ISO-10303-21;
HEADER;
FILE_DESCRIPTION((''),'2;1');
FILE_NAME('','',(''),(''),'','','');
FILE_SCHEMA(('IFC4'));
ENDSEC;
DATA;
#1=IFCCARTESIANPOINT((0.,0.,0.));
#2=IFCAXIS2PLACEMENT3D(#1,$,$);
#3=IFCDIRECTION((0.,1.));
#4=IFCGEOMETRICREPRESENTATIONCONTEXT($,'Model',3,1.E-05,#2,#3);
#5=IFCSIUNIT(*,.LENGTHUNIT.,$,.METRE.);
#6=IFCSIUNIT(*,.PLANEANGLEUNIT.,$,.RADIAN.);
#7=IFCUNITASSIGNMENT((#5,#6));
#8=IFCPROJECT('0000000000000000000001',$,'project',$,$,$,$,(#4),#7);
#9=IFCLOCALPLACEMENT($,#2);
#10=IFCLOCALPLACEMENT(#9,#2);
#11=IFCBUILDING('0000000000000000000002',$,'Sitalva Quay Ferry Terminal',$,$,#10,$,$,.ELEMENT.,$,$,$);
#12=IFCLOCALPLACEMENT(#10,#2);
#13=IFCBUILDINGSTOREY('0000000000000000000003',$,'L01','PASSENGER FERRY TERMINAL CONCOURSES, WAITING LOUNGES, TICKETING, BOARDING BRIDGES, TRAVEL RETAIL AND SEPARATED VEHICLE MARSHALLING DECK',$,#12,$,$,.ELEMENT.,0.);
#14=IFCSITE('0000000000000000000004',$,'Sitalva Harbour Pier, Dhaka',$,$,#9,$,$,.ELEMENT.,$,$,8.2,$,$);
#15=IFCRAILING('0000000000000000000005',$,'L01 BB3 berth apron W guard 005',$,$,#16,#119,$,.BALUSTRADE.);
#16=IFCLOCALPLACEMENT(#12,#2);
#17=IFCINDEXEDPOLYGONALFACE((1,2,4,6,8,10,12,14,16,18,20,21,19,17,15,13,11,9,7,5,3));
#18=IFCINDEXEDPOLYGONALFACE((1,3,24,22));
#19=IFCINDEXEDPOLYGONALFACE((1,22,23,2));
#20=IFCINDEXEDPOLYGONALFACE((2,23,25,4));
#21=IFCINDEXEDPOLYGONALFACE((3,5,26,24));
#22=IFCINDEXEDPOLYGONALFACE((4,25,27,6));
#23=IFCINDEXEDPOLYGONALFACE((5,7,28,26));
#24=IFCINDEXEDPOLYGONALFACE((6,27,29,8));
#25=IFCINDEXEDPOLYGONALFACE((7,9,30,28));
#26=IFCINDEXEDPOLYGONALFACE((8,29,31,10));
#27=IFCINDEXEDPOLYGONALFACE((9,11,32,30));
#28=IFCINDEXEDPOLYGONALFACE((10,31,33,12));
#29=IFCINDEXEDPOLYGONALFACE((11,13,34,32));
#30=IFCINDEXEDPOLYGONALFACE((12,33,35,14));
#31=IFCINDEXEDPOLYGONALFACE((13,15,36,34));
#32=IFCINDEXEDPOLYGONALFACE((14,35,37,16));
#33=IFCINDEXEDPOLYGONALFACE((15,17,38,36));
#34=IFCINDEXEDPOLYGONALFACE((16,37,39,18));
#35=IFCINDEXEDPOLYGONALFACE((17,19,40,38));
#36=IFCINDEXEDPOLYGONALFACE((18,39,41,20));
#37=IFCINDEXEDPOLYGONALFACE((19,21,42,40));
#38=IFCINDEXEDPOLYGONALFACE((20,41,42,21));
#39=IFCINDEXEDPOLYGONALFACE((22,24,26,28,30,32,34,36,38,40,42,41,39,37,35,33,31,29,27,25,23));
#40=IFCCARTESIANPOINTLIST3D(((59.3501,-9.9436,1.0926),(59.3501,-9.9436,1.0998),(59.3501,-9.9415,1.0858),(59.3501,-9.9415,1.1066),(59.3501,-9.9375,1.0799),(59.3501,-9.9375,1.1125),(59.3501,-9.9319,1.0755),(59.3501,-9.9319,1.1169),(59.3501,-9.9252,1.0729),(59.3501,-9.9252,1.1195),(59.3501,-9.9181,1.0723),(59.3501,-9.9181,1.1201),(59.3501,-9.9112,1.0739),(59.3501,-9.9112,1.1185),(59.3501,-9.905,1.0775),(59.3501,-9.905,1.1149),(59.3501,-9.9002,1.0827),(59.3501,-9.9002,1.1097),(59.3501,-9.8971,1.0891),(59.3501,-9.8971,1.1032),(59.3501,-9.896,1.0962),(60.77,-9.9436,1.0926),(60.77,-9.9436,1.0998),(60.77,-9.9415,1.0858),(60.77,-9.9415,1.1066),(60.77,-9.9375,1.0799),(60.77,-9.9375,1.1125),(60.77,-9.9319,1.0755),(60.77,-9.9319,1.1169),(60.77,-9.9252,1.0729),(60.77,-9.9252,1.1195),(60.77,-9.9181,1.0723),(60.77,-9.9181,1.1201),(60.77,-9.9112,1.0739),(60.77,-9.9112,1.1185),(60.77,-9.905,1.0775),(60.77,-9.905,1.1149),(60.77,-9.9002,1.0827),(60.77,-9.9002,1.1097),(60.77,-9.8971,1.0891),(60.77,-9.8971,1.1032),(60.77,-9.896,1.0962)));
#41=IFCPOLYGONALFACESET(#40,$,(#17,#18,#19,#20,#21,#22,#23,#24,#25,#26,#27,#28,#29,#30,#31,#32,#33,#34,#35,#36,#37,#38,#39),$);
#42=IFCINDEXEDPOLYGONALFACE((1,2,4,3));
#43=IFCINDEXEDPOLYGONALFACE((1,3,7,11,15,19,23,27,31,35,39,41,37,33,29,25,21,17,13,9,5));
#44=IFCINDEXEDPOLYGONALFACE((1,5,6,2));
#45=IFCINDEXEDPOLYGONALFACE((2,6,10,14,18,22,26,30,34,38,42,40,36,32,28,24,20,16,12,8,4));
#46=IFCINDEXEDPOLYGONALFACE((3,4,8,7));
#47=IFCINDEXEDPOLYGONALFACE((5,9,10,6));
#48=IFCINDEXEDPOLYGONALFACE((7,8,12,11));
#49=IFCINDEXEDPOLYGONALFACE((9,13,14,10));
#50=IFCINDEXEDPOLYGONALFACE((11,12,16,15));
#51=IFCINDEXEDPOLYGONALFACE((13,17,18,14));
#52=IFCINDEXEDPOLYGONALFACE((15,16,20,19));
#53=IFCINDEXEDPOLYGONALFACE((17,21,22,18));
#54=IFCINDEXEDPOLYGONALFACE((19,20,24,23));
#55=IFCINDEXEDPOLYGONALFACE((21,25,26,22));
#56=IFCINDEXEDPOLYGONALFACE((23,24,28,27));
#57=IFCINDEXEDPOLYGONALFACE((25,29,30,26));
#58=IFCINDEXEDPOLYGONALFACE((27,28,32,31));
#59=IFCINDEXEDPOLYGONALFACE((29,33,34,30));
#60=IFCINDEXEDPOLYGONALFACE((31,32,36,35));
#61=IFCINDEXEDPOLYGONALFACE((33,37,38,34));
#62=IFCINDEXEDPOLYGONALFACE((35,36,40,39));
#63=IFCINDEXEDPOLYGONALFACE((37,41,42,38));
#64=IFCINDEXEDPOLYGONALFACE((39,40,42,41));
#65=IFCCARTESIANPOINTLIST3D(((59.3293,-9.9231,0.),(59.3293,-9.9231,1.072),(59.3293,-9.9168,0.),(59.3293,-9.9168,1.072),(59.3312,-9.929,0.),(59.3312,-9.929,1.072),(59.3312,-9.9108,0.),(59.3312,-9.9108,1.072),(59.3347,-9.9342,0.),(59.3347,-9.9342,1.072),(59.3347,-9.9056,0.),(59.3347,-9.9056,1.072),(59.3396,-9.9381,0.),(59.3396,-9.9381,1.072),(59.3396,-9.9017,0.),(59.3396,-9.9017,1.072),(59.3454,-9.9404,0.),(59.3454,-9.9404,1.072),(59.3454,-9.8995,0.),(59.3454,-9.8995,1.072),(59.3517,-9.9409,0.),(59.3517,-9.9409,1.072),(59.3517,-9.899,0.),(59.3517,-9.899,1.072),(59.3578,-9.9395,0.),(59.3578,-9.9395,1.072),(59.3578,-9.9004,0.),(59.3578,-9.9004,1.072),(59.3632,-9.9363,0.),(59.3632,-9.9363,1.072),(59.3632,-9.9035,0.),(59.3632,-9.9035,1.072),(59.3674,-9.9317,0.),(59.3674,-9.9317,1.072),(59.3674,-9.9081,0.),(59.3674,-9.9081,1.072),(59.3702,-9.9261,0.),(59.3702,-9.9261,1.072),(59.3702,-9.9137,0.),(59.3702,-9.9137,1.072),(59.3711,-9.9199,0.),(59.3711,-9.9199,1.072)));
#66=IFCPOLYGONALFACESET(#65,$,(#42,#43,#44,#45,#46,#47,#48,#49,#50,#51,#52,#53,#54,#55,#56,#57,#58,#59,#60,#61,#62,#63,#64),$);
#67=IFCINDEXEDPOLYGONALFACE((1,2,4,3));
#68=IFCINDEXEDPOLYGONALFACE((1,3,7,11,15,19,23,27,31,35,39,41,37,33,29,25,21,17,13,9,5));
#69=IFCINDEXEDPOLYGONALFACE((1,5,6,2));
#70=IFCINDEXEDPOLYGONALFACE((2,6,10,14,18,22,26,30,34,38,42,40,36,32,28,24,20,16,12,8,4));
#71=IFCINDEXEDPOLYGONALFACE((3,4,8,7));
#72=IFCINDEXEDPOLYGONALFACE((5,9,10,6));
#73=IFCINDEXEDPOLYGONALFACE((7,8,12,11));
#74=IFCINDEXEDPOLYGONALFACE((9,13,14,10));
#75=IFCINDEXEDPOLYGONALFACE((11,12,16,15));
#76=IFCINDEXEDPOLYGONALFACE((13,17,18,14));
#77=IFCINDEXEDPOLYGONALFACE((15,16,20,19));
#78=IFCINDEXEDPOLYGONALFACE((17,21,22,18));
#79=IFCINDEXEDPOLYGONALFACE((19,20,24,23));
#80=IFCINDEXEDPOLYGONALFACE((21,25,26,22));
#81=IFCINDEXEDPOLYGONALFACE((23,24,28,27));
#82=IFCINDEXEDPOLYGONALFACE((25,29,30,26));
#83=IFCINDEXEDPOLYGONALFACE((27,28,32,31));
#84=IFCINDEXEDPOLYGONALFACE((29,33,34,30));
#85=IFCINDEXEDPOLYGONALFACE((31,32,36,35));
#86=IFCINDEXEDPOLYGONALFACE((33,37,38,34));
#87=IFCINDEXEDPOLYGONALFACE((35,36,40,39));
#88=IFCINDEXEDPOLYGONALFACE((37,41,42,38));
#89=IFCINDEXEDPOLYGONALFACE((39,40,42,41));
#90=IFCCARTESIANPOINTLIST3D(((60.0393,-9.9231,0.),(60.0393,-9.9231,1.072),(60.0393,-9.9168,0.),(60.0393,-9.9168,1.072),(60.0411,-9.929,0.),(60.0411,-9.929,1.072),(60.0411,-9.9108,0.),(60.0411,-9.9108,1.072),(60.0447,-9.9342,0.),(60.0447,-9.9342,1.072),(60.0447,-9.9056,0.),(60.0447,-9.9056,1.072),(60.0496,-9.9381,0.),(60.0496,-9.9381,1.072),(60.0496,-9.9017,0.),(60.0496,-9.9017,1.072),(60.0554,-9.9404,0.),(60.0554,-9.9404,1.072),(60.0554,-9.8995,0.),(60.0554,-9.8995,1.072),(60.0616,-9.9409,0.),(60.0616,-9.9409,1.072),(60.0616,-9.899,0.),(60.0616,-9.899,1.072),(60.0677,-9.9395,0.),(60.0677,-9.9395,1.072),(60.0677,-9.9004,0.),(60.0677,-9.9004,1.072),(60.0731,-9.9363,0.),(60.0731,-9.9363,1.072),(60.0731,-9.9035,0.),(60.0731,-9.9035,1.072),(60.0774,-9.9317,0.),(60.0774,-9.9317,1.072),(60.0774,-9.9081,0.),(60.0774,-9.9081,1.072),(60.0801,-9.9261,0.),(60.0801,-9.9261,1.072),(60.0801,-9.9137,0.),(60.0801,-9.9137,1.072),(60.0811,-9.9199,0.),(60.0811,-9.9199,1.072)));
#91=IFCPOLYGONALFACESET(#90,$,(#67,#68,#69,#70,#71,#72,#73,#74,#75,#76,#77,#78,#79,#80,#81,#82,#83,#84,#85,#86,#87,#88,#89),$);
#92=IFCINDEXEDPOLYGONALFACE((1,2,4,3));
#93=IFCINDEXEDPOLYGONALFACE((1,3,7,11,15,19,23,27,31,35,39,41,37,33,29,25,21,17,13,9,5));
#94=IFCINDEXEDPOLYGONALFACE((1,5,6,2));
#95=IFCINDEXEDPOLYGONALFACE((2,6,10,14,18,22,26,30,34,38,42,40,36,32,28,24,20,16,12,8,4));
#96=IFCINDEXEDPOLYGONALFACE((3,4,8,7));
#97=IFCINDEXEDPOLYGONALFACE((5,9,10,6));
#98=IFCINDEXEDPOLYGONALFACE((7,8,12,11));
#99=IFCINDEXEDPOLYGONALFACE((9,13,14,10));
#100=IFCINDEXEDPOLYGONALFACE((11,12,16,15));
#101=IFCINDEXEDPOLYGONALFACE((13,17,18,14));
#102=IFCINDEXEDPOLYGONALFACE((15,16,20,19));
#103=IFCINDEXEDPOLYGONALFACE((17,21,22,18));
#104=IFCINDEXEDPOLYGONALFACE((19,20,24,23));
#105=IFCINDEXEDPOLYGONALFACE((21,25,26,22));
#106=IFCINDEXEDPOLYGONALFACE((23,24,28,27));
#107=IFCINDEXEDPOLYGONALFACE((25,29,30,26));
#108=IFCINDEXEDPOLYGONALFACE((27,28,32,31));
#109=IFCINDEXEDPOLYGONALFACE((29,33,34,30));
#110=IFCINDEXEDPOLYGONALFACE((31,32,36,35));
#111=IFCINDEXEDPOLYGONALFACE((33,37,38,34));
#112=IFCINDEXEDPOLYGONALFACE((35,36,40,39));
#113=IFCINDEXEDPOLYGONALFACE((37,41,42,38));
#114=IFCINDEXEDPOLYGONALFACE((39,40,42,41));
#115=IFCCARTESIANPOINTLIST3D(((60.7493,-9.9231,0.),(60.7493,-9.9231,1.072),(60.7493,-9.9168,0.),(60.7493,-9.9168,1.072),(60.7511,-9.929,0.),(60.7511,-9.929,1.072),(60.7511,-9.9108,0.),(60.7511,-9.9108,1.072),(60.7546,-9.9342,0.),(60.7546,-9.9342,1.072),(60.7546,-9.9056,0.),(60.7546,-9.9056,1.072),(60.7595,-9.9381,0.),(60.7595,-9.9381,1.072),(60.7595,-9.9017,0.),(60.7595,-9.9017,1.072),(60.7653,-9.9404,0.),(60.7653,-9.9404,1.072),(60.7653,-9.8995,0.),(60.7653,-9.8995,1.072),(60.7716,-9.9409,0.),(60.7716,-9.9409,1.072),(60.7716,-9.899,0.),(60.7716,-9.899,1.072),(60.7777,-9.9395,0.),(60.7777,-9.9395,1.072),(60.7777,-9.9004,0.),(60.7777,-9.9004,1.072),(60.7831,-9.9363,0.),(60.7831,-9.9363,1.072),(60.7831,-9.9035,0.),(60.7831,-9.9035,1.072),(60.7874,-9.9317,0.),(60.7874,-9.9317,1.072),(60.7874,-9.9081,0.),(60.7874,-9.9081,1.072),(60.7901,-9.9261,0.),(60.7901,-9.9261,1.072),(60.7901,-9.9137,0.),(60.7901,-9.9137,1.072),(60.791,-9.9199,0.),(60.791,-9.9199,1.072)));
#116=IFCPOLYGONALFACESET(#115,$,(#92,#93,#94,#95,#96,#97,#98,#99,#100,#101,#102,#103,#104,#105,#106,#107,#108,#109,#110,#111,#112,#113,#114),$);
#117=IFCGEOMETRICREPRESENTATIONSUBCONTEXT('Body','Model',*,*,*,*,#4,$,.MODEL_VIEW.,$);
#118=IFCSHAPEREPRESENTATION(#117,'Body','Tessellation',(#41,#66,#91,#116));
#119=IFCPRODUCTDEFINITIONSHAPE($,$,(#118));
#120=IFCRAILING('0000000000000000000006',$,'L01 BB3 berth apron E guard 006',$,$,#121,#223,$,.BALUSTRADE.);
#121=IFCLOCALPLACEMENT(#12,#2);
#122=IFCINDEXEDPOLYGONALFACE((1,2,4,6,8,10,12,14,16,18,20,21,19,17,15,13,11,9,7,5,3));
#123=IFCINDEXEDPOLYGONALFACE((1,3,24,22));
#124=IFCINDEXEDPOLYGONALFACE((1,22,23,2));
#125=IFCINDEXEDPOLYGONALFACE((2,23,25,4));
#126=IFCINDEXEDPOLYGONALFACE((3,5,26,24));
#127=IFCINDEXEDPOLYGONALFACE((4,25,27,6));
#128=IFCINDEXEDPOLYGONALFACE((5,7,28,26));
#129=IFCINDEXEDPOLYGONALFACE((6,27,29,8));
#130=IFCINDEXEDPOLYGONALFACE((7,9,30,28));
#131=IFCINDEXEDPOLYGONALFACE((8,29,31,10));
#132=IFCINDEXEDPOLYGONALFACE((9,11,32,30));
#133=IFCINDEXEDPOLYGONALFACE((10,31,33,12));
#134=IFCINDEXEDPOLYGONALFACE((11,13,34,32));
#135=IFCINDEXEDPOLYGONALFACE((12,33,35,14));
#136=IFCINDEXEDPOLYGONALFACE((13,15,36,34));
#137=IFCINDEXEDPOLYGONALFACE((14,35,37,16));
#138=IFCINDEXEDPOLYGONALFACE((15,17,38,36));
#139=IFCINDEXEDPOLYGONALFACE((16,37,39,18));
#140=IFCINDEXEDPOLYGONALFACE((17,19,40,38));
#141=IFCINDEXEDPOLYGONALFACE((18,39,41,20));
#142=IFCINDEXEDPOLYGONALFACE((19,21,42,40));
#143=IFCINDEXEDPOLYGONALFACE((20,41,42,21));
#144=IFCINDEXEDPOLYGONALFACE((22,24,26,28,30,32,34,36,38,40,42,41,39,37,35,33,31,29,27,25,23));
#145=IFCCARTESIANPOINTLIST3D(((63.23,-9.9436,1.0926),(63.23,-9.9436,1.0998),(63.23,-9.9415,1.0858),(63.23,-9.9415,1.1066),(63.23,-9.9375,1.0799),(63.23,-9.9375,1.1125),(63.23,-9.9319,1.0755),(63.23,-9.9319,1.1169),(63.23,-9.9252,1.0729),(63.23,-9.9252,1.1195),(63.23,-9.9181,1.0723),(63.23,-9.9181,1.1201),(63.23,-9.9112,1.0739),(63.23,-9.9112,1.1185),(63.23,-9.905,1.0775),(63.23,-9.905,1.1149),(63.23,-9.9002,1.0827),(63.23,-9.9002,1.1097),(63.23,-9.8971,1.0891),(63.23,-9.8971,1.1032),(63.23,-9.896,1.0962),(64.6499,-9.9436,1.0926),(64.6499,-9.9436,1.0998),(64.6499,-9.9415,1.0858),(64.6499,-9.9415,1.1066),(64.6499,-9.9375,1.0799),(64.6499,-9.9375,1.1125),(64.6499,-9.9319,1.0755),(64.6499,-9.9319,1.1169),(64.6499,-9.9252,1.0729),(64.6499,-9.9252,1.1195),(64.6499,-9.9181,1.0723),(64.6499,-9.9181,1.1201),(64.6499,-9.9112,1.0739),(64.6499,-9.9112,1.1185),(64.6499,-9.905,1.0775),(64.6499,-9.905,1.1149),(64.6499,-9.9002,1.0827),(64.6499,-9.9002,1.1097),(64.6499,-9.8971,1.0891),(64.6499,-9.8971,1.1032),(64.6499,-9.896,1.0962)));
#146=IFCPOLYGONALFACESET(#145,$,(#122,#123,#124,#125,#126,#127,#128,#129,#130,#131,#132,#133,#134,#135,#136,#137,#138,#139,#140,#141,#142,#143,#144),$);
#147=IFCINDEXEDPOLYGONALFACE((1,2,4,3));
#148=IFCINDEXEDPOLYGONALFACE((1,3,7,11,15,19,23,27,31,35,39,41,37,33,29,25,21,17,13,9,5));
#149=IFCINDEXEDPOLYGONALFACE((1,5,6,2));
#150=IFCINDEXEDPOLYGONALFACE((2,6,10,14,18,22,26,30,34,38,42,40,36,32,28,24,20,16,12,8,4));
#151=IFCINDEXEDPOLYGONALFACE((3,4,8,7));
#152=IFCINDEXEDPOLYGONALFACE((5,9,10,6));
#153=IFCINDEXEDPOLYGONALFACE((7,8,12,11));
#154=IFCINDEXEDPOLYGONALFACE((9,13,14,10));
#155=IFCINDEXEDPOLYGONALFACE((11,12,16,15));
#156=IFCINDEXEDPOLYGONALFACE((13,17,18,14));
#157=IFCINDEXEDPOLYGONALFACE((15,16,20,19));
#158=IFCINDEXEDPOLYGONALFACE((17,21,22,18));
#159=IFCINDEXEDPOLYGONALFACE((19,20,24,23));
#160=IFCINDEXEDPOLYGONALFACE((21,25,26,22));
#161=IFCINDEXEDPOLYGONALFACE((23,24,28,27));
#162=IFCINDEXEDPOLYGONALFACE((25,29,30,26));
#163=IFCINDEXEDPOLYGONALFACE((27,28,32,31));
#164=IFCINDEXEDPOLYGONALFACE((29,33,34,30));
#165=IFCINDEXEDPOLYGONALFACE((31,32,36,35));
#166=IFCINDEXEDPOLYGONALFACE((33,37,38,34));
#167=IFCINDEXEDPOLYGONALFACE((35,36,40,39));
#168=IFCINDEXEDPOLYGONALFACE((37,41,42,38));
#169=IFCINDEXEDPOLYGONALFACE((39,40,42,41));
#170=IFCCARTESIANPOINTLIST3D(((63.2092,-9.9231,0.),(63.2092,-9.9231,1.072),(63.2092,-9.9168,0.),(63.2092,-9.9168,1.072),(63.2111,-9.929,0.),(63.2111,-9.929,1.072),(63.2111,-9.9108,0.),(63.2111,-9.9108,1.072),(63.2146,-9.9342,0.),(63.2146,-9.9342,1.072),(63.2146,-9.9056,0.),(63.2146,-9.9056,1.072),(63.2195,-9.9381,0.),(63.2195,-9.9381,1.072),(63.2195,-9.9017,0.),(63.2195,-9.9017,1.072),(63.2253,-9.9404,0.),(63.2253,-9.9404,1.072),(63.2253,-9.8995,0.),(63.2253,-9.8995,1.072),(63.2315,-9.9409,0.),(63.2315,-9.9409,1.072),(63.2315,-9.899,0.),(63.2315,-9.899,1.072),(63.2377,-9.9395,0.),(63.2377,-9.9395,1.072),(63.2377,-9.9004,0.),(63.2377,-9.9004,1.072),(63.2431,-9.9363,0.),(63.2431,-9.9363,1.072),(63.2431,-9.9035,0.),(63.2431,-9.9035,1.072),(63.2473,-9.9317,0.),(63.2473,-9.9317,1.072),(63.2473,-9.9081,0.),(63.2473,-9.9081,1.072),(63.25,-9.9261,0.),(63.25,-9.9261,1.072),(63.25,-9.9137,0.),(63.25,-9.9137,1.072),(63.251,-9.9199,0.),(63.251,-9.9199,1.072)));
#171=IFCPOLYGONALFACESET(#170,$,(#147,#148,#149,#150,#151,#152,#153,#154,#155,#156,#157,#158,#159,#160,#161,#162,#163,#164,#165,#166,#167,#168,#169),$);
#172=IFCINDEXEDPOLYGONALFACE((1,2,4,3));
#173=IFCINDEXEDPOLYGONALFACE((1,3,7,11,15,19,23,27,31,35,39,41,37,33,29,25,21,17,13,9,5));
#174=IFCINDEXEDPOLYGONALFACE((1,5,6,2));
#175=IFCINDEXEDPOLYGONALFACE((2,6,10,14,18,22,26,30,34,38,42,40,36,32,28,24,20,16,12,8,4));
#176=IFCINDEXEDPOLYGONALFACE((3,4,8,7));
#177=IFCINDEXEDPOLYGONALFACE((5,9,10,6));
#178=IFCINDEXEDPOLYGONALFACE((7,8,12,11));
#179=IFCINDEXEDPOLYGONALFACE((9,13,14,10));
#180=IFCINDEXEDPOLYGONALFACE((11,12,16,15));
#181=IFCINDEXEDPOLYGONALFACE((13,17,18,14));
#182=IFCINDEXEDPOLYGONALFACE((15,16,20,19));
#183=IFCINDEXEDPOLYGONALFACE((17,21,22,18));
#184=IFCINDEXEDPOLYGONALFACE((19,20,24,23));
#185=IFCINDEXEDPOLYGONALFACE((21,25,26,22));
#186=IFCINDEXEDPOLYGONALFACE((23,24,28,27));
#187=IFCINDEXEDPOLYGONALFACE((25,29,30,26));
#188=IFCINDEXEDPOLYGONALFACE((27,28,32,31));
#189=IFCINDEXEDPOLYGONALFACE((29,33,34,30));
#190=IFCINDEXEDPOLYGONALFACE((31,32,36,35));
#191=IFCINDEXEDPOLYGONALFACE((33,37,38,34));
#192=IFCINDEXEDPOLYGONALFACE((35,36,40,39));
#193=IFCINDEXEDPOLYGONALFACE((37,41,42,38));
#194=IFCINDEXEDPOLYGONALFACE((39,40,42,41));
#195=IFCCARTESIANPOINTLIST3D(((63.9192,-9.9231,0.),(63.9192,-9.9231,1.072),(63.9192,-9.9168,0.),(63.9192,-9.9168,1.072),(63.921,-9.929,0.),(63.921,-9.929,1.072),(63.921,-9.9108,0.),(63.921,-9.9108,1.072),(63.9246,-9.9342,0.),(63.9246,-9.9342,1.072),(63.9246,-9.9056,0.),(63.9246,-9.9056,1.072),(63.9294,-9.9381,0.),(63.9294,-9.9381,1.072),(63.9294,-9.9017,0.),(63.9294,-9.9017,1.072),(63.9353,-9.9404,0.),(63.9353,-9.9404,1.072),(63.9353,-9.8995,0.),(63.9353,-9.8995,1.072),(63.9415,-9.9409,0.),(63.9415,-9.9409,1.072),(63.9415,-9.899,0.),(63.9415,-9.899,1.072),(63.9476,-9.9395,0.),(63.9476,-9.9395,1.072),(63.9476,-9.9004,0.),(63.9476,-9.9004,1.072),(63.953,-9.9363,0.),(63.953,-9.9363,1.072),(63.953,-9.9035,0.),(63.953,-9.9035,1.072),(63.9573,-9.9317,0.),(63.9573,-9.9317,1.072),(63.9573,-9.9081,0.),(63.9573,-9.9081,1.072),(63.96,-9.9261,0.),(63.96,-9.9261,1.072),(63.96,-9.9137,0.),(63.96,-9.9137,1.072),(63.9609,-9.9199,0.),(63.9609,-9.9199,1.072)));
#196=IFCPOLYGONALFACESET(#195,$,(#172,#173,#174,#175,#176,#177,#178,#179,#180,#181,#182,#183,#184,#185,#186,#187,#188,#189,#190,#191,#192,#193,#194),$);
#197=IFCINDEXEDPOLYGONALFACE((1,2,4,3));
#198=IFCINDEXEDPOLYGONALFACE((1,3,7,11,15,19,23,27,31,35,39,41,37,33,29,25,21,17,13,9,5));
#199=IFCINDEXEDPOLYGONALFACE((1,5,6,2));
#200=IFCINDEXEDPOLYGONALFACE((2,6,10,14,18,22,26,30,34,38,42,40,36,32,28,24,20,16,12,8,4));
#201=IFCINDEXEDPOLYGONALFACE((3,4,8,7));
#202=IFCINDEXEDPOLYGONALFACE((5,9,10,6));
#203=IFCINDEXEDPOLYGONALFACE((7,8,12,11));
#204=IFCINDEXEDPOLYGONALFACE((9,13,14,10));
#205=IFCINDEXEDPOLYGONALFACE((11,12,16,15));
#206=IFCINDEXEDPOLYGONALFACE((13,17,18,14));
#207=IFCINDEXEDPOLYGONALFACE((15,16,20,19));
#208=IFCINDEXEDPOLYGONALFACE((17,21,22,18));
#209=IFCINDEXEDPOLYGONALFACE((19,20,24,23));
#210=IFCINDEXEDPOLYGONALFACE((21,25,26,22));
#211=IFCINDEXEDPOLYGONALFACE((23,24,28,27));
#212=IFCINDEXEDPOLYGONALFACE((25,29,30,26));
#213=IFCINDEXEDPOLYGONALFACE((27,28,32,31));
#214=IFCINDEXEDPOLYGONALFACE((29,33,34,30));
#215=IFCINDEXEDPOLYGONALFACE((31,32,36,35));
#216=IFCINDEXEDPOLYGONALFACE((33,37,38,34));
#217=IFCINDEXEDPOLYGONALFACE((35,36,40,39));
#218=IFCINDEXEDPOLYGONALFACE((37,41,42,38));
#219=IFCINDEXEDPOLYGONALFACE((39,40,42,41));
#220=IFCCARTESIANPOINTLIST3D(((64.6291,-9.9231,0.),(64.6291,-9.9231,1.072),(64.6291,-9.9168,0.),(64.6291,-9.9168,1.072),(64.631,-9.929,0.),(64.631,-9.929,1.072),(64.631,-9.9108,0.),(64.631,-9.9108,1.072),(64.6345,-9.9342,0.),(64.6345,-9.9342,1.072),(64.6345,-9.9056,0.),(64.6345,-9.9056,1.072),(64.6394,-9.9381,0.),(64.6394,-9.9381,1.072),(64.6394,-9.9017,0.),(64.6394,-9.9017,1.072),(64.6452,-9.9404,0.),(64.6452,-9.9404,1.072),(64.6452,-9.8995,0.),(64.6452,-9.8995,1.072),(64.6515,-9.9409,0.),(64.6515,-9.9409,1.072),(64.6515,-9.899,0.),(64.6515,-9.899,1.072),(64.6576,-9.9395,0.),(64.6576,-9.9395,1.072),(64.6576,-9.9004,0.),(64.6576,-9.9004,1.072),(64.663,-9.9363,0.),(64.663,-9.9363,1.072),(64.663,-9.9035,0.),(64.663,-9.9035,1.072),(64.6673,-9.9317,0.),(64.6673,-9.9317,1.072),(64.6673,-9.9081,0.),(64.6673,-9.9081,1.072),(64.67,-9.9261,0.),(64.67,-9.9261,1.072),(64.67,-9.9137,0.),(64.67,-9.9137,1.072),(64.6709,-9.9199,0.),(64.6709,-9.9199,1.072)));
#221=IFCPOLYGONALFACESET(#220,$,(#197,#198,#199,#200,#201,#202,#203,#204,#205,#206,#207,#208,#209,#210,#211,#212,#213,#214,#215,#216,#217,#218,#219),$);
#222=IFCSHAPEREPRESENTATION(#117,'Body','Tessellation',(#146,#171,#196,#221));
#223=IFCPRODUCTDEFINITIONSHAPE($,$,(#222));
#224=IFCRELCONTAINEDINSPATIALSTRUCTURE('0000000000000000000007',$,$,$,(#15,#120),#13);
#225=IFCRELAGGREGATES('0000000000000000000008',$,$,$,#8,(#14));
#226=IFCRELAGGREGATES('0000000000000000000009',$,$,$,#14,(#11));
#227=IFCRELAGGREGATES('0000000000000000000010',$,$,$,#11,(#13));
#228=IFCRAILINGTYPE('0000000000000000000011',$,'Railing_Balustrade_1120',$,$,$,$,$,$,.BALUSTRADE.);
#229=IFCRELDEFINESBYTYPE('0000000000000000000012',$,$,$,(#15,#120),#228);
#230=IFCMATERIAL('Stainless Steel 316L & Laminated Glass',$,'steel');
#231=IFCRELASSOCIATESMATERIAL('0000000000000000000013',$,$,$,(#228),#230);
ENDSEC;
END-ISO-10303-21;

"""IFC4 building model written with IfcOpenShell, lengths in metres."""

from ifc_helpers import new_model, si_unit, direction, frame, origin, origin_2d, place, context, subcontext, project, spatial, circle, extrude, material, type_object, element, save


model = new_model("IFC4")

# Units and contexts
model_context = context("Model", 3, precision=1e-05, world=origin(), true_north=direction((0.0, 1.0)))
body_context = subcontext(model_context, "Body", "Model", "MODEL_VIEW")
ifc_project = project(units=[si_unit("LENGTHUNIT", "METRE"), si_unit("PLANEANGLEUNIT", "RADIAN")], contexts=[model_context])

# Site, building, storey
site_placement = place(None, origin())
site = spatial("IfcSite", under=ifc_project, at=site_placement, Name="Sitalva Harbour Pier, Dhaka", CompositionType="ELEMENT", RefElevation=8.2)
building_placement = place(site_placement, origin())
building = spatial("IfcBuilding", under=site, at=building_placement, Name="Sitalva Quay Ferry Terminal", CompositionType="ELEMENT")
storey_placement = place(building_placement, origin())
storey = spatial("IfcBuildingStorey", under=building, at=storey_placement, Name="L01", Description="PASSENGER FERRY TERMINAL CONCOURSES, WAITING LOUNGES, TICKETING, BOARDING BRIDGES, TRAVEL RETAIL AND SEPARATED VEHICLE MARSHALLING DECK", CompositionType="ELEMENT", Elevation=0.0)

# Railings
ifc_material_1 = material(Name="Stainless Steel 316L & Laminated Glass", Category="steel")
railing_type = type_object("IfcRailingType", Name="Railing_Balustrade_1120", PredefinedType="BALUSTRADE", material=ifc_material_1)
for number, where, name in (
    (1, (59.3501, -9.9199, 0.0), "L01 BB3 berth apron W guard 005"),
    (2, (63.23, -9.9199, 0.0), "L01 BB3 berth apron E guard 006"),
):
    element("IfcRailing", number, at=place(storey_placement, frame(where)), inside=storey, type_object=railing_type, Name=name, PredefinedType="BALUSTRADE", context=body_context, shape_type="SweptSolid", body=[
        extrude(circle(Radius=0.0239, at=origin_2d()), frame((0.0, 0.0, 1.0962), z_axis=(1.0, 0.0, 0.0), x_axis=(0.0, 1.0, 0.0)), (0.0, 0.0, 1.0), 1.4199),
        extrude(circle(Radius=0.021, at=origin_2d()), origin(), (0.0, 0.0, 1.0), 1.072),
        extrude(circle(Radius=0.021, at=origin_2d()), frame((0.71, 0.0, 0.0)), (0.0, 0.0, 1.0), 1.072),
        extrude(circle(Radius=0.021, at=origin_2d()), frame((1.4199, 0.0, 0.0)), (0.0, 0.0, 1.0), 1.072),
    ])

save(model, "model.ifc")
